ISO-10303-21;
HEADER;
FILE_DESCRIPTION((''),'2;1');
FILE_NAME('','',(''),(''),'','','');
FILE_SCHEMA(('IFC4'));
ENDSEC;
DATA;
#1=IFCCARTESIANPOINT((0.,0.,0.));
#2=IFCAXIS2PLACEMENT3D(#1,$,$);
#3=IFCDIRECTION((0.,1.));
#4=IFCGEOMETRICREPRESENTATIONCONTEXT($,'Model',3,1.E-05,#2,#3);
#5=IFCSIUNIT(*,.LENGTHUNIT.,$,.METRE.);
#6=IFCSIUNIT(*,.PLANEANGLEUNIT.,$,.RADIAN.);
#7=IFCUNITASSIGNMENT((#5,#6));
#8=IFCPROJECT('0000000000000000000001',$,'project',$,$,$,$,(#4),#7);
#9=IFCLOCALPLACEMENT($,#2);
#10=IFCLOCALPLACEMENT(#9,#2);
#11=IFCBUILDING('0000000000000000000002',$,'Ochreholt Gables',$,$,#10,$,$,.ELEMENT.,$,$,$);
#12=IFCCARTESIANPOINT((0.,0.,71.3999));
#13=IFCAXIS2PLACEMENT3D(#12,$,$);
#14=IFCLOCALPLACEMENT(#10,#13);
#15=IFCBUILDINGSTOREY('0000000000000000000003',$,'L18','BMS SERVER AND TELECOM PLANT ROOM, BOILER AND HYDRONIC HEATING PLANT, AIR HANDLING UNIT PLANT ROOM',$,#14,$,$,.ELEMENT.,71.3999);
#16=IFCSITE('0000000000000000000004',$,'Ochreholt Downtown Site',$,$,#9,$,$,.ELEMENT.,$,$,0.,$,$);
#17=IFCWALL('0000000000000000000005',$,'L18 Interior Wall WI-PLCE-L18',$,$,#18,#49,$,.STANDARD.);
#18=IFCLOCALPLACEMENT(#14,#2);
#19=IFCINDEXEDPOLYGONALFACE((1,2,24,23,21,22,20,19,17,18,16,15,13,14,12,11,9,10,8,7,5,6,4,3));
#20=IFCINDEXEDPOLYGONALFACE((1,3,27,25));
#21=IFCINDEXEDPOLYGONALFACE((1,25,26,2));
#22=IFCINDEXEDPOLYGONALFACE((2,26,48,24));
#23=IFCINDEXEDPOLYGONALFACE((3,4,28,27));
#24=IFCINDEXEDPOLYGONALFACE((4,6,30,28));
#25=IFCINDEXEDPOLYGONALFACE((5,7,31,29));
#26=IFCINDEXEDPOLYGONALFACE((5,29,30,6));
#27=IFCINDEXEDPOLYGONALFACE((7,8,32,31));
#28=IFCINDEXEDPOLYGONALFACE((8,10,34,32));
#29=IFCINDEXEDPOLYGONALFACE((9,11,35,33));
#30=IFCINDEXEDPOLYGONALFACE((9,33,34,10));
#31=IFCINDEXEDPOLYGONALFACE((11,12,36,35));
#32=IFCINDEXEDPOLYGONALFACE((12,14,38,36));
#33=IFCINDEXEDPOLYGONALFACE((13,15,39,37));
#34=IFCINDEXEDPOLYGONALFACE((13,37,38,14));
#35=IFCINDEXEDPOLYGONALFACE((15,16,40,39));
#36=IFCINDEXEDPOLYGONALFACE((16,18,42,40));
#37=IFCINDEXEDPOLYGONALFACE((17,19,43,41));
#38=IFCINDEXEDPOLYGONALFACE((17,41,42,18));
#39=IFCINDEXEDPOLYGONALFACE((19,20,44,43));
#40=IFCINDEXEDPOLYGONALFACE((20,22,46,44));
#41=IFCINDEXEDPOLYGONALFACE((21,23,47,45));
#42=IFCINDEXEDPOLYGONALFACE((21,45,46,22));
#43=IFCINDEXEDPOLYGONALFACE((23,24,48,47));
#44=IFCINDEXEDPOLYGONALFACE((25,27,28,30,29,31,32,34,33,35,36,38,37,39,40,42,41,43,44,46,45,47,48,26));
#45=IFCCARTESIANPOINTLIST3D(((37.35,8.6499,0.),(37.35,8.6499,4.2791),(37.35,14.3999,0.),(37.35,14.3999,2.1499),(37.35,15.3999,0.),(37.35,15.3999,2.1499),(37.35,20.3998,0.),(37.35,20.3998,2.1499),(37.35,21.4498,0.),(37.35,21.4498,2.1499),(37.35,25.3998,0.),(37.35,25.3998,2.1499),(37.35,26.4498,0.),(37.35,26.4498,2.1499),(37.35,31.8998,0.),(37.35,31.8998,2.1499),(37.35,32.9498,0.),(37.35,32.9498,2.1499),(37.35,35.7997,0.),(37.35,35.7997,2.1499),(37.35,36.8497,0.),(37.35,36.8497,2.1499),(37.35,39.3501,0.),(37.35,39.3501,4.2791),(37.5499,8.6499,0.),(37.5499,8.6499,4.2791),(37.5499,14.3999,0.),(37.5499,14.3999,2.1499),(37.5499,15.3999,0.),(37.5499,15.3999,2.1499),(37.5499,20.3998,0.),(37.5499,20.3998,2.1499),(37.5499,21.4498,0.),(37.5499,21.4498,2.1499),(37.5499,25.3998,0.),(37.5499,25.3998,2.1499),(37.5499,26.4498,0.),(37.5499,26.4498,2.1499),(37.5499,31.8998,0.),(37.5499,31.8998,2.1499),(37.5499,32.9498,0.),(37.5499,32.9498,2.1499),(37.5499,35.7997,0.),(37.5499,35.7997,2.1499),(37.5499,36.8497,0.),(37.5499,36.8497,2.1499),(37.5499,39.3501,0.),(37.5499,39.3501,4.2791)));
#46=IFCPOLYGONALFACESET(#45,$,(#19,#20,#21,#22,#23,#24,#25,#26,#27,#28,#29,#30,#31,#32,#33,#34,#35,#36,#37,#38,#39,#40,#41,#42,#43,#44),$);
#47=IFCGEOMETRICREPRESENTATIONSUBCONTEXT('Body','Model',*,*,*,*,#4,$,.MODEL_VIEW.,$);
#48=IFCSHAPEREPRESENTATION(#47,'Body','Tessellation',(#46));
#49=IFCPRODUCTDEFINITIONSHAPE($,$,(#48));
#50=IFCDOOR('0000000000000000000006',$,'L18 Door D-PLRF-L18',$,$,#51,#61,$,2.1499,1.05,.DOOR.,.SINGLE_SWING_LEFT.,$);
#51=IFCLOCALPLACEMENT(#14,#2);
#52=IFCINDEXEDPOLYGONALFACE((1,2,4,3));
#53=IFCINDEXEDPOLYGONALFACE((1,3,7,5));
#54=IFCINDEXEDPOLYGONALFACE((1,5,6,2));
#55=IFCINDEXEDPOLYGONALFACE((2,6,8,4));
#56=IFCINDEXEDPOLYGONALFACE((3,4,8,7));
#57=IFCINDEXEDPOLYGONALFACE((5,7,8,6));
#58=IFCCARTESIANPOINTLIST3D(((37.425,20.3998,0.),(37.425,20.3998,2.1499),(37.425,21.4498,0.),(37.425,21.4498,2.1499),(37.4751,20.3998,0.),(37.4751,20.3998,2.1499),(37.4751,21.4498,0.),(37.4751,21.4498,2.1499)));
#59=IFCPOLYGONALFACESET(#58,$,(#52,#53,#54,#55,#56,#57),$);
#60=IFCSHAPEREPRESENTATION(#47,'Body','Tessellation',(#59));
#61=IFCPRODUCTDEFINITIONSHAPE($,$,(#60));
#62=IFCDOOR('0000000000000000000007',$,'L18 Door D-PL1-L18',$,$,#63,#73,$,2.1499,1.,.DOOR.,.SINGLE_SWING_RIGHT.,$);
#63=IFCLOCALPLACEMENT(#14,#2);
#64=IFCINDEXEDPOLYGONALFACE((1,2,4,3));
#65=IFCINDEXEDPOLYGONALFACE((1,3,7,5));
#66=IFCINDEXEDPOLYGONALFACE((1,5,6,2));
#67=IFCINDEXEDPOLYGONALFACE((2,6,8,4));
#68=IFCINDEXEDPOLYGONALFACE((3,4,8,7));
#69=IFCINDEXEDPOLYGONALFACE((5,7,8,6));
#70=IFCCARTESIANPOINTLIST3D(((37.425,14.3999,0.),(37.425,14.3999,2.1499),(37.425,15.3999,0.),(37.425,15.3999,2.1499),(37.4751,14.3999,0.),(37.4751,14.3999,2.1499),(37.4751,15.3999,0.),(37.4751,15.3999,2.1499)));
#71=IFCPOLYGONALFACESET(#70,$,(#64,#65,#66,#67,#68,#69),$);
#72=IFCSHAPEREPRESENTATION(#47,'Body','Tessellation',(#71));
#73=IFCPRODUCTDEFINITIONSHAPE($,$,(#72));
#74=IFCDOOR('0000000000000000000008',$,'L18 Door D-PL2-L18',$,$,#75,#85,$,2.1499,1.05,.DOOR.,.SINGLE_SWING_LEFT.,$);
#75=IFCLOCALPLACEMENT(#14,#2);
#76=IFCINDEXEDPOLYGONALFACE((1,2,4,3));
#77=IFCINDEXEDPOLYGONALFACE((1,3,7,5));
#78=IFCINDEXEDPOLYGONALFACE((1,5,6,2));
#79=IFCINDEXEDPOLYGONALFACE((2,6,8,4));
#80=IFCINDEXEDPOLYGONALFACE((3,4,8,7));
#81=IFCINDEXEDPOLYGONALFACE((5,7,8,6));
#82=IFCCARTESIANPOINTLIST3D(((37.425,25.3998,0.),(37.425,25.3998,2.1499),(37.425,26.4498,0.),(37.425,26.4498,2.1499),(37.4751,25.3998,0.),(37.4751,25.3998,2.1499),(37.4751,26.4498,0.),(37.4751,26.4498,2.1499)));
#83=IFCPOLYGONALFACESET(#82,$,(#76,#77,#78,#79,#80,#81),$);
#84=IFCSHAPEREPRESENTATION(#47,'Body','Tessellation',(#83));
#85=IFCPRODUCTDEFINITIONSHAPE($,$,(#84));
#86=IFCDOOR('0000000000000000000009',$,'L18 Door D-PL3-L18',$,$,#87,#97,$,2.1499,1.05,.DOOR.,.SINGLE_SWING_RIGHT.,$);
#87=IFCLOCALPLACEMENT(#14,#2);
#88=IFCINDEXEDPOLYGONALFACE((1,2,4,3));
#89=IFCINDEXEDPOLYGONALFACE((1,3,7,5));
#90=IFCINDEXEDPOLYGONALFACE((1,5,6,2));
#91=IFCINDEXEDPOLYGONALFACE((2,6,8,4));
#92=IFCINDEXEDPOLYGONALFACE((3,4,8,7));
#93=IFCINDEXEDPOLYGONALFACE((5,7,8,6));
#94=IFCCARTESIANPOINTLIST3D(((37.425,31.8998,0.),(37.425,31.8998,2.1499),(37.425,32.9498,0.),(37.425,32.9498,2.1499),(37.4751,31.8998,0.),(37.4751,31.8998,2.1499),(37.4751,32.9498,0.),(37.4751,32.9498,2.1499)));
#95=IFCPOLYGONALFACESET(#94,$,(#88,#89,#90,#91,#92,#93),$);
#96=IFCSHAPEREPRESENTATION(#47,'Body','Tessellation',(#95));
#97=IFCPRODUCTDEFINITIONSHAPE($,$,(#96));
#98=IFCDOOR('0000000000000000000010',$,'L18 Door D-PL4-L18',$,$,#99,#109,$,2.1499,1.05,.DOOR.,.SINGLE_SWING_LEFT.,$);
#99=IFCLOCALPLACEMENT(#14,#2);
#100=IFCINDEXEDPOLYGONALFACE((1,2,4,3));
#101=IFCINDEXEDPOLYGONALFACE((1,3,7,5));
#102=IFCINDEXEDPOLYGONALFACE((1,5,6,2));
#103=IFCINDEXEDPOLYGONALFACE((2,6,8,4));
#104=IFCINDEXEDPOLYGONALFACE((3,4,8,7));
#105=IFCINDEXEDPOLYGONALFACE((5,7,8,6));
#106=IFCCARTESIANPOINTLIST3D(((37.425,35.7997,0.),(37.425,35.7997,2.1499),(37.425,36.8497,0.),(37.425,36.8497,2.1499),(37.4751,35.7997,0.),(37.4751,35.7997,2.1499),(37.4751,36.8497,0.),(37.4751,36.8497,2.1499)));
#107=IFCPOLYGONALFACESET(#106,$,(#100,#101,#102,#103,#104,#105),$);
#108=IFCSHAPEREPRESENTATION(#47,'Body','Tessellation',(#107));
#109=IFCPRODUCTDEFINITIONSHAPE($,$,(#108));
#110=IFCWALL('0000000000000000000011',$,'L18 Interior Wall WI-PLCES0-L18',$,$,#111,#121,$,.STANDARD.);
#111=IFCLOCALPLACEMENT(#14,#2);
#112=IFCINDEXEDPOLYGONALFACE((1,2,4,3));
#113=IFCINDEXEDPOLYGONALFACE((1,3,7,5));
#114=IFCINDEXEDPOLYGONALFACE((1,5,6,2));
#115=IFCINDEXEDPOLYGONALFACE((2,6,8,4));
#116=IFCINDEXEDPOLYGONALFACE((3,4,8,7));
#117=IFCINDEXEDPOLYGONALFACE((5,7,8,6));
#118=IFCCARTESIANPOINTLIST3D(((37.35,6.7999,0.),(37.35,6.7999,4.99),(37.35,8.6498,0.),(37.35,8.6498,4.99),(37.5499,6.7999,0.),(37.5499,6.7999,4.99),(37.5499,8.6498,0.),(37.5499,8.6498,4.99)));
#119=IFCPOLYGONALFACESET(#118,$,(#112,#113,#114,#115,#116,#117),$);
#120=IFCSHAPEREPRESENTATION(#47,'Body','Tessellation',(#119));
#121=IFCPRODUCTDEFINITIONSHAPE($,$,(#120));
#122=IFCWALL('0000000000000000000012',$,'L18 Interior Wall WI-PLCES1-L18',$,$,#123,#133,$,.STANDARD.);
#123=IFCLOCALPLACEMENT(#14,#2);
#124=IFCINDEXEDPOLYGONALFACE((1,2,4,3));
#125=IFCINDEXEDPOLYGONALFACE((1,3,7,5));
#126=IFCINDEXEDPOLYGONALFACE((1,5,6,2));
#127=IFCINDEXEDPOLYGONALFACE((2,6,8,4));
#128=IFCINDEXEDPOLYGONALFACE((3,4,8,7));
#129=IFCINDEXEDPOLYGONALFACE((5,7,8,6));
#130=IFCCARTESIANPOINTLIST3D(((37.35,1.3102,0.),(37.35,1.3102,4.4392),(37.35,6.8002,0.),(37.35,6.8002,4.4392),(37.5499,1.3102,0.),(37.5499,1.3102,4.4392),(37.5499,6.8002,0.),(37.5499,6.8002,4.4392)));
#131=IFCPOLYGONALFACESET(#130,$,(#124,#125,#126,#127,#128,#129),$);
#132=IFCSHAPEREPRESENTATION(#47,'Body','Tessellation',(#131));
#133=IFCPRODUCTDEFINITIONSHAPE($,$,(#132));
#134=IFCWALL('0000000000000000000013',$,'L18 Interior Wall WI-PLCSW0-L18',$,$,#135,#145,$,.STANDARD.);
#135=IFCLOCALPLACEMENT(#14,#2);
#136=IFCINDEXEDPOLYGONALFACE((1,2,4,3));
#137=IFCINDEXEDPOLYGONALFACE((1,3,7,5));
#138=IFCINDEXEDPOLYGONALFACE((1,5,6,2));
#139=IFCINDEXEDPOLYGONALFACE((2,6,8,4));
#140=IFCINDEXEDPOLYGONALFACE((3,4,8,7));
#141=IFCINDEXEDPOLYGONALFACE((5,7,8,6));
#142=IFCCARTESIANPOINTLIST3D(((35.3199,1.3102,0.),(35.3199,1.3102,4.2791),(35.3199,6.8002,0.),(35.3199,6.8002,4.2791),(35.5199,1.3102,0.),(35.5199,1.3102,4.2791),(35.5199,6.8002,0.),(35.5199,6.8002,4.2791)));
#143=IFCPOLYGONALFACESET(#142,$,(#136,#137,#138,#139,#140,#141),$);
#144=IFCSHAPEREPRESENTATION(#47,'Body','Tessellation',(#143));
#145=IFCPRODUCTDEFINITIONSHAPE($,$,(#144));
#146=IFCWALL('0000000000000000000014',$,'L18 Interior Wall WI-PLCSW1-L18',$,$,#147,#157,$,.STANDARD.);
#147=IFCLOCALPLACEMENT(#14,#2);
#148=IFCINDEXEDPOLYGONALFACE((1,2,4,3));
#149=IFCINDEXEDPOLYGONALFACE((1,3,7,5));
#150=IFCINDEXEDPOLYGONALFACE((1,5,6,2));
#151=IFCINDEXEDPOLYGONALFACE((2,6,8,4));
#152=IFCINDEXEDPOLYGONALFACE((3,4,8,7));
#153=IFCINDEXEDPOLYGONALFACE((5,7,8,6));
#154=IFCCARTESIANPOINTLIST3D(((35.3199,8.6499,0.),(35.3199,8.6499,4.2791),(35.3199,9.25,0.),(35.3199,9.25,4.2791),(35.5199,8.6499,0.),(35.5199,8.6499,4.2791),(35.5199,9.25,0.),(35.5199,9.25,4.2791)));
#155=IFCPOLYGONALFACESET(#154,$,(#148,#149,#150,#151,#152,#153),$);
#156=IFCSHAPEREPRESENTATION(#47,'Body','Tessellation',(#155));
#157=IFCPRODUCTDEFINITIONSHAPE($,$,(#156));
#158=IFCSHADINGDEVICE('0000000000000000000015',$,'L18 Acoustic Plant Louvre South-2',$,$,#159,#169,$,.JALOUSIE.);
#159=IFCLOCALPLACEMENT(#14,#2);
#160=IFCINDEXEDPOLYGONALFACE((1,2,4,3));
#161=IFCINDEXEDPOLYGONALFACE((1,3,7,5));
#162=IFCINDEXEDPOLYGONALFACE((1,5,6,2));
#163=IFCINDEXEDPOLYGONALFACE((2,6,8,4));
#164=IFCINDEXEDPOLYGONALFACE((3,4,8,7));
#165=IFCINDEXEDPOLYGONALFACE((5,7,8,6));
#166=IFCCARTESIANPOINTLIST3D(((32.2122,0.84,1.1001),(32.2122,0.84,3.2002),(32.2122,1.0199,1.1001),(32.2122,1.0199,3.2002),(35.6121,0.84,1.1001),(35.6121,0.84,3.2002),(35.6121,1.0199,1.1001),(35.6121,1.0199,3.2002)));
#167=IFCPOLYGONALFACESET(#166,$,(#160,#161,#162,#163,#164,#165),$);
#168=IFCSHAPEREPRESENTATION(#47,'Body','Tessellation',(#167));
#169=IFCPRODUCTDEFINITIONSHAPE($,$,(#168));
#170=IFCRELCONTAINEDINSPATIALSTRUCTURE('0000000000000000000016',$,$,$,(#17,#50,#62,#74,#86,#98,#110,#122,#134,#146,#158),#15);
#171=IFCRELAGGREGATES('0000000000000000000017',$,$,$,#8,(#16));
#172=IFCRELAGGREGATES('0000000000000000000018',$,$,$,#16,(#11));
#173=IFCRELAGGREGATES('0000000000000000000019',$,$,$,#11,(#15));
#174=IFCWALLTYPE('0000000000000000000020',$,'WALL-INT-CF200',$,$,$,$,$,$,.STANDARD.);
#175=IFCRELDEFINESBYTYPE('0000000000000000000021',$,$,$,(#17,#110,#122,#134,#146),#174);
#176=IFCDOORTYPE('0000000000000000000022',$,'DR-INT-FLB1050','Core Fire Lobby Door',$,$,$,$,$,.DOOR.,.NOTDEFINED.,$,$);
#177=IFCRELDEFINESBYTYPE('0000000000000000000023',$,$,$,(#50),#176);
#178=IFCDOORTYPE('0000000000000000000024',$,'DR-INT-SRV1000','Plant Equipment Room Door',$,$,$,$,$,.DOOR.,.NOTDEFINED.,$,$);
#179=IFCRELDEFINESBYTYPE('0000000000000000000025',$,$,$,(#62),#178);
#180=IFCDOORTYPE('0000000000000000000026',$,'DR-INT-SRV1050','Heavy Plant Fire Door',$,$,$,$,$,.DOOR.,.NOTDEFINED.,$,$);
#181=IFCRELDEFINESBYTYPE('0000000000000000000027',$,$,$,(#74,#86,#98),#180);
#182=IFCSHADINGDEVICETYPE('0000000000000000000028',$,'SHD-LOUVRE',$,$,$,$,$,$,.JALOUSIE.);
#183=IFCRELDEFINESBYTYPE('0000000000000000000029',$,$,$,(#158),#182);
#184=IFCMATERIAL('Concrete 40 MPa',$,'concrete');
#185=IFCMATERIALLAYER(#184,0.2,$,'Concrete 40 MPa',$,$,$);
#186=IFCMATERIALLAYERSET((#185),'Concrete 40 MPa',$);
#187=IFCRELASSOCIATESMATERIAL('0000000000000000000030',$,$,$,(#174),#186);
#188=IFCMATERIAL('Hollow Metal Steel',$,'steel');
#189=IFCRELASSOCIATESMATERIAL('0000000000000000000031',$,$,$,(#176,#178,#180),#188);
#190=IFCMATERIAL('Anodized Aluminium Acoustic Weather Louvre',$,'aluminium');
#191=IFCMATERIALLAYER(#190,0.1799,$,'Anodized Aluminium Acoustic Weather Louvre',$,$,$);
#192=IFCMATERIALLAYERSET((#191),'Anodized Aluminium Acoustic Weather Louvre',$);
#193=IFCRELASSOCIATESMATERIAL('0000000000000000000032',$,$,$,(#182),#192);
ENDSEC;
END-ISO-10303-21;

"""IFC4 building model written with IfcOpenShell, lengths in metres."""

from ifc_helpers import new_model, si_unit, direction, frame, frame_2d, origin, origin_2d, place, context, subcontext, project, spatial, rectangle, extrude, material, layer, layer_set, type_object, element, fill, save


model = new_model("IFC4")

# Units and contexts
model_context = context("Model", 3, precision=1e-05, world=origin(), true_north=direction((0.0, 1.0)))
body_context = subcontext(model_context, "Body", "Model", "MODEL_VIEW")
ifc_project = project(units=[si_unit("LENGTHUNIT", "METRE"), si_unit("PLANEANGLEUNIT", "RADIAN")], contexts=[model_context])

# Site, building, storey
site_placement = place(None, origin())
site = spatial("IfcSite", under=ifc_project, at=site_placement, Name="Ochreholt Downtown Site", CompositionType="ELEMENT", RefElevation=0.0)
building_placement = place(site_placement, origin())
building = spatial("IfcBuilding", under=site, at=building_placement, Name="Ochreholt Gables", CompositionType="ELEMENT")
storey_placement = place(building_placement, frame((0.0, 0.0, 71.3999)))
storey = spatial("IfcBuildingStorey", under=building, at=storey_placement, Name="L18", Description="BMS SERVER AND TELECOM PLANT ROOM, BOILER AND HYDRONIC HEATING PLANT, AIR HANDLING UNIT PLANT ROOM", CompositionType="ELEMENT", Elevation=71.3999)

# Wall, openings, doors
ifc_material_1 = material(Name="Concrete 40 MPa", Category="concrete")
ifc_layer_1 = layer(ifc_material_1, 0.2, Name="Concrete 40 MPa")
ifc_layer_set_1 = layer_set([ifc_layer_1], Name="Concrete 40 MPa")
wall_type_1 = type_object("IfcWallType", Name="WALL-INT-CF200", PredefinedType="STANDARD", material=ifc_layer_set_1)
wall_1_placement = place(storey_placement, frame((37.45, 8.6499, 0.0), z_axis=(0.0, 0.0, 1.0), x_axis=(0.0, 1.0, 0.0)))
wall_1 = element("IfcWall", 1, at=wall_1_placement, inside=storey, type_object=wall_type_1, Name="L18 Interior Wall WI-PLCE-L18", PredefinedType="STANDARD", context=body_context, shape_type="SweptSolid", body=[
    extrude(rectangle(XDim=30.7002, YDim=0.2, at=frame_2d((15.3501, 0.0))), origin(), (0.0, 0.0, 1.0), 4.2791),
])
opening_1_placement = place(wall_1_placement, frame((11.75, 0.0, 0.0)))
opening_1 = element("IfcOpeningElement", 2, at=opening_1_placement, cuts=wall_1, PredefinedType="OPENING", context=body_context, shape_type="SweptSolid", body=[
    extrude(rectangle(XDim=1.05, YDim=2.1499, at=frame_2d((0.5249, 1.075))), frame((0.0, 0.1099, 0.0), z_axis=(0.0, -1.0, 0.0), x_axis=(1.0, 0.0, 0.0)), (0.0, 0.0, 1.0), 0.22),
])
opening_2_placement = place(wall_1_placement, frame((5.75, 0.0, 0.0)))
opening_2 = element("IfcOpeningElement", 3, at=opening_2_placement, cuts=wall_1, PredefinedType="OPENING", context=body_context, shape_type="SweptSolid", body=[
    extrude(rectangle(XDim=1.0, YDim=2.1499, at=frame_2d((0.5, 1.075))), frame((0.0, 0.1099, 0.0), z_axis=(0.0, -1.0, 0.0), x_axis=(1.0, 0.0, 0.0)), (0.0, 0.0, 1.0), 0.22),
])
opening_3_placement = place(wall_1_placement, frame((16.75, 0.0, 0.0)))
opening_3 = element("IfcOpeningElement", 4, at=opening_3_placement, cuts=wall_1, PredefinedType="OPENING", context=body_context, shape_type="SweptSolid", body=[
    extrude(rectangle(XDim=1.05, YDim=2.1499, at=frame_2d((0.5249, 1.075))), frame((0.0, 0.1099, 0.0), z_axis=(0.0, -1.0, 0.0), x_axis=(1.0, 0.0, 0.0)), (0.0, 0.0, 1.0), 0.22),
])
opening_4_placement = place(wall_1_placement, frame((23.25, 0.0, 0.0)))
opening_4 = element("IfcOpeningElement", 5, at=opening_4_placement, cuts=wall_1, PredefinedType="OPENING", context=body_context, shape_type="SweptSolid", body=[
    extrude(rectangle(XDim=1.05, YDim=2.1499, at=frame_2d((0.5249, 1.075))), frame((0.0, 0.1099, 0.0), z_axis=(0.0, -1.0, 0.0), x_axis=(1.0, 0.0, 0.0)), (0.0, 0.0, 1.0), 0.22),
])
opening_5_placement = place(wall_1_placement, frame((27.1499, 0.0, 0.0)))
opening_5 = element("IfcOpeningElement", 6, at=opening_5_placement, cuts=wall_1, PredefinedType="OPENING", context=body_context, shape_type="SweptSolid", body=[
    extrude(rectangle(XDim=1.05, YDim=2.1499, at=frame_2d((0.5249, 1.075))), frame((0.0, 0.1099, 0.0), z_axis=(0.0, -1.0, 0.0), x_axis=(1.0, 0.0, 0.0)), (0.0, 0.0, 1.0), 0.22),
])
ifc_material_2 = material(Name="Hollow Metal Steel", Category="steel")
door_type_1 = type_object("IfcDoorType", Name="DR-INT-FLB1050", Description="Core Fire Lobby Door", OperationType="NOTDEFINED", PredefinedType="DOOR", material=ifc_material_2)
door_1_placement = place(opening_1_placement, origin())
door_1 = element("IfcDoor", 7, at=door_1_placement, inside=storey, type_object=door_type_1, Name="L18 Door D-PLRF-L18", OperationType="SINGLE_SWING_LEFT", OverallHeight=2.1499, OverallWidth=1.05, PredefinedType="DOOR", context=body_context, shape_type="SweptSolid", body=[
    extrude(rectangle(XDim=1.05, YDim=2.1499, at=frame_2d((0.5249, 1.075))), frame((0.0, 0.0249, 0.0), z_axis=(0.0, -1.0, 0.0), x_axis=(1.0, 0.0, 0.0)), (0.0, 0.0, 1.0), 0.05),
])
fill(opening_1, door_1)
door_type_2 = type_object("IfcDoorType", Name="DR-INT-SRV1000", Description="Plant Equipment Room Door", OperationType="NOTDEFINED", PredefinedType="DOOR", material=ifc_material_2)
door_2_placement = place(opening_2_placement, origin())
door_2 = element("IfcDoor", 8, at=door_2_placement, inside=storey, type_object=door_type_2, Name="L18 Door D-PL1-L18", OperationType="SINGLE_SWING_RIGHT", OverallHeight=2.1499, OverallWidth=1.0, PredefinedType="DOOR", context=body_context, shape_type="SweptSolid", body=[
    extrude(rectangle(XDim=1.0, YDim=2.1499, at=frame_2d((0.5, 1.075))), frame((0.0, 0.0249, 0.0), z_axis=(0.0, -1.0, 0.0), x_axis=(1.0, 0.0, 0.0)), (0.0, 0.0, 1.0), 0.05),
])
fill(opening_2, door_2)
door_type_3 = type_object("IfcDoorType", Name="DR-INT-SRV1050", Description="Heavy Plant Fire Door", OperationType="NOTDEFINED", PredefinedType="DOOR", material=ifc_material_2)
door_3_placement = place(opening_3_placement, origin())
door_3 = element("IfcDoor", 9, at=door_3_placement, inside=storey, type_object=door_type_3, Name="L18 Door D-PL2-L18", OperationType="SINGLE_SWING_LEFT", OverallHeight=2.1499, OverallWidth=1.05, PredefinedType="DOOR", context=body_context, shape_type="SweptSolid", body=[
    extrude(rectangle(XDim=1.05, YDim=2.1499, at=frame_2d((0.5249, 1.075))), frame((0.0, 0.0249, 0.0), z_axis=(0.0, -1.0, 0.0), x_axis=(1.0, 0.0, 0.0)), (0.0, 0.0, 1.0), 0.05),
])
fill(opening_3, door_3)
door_4_placement = place(opening_4_placement, origin())
door_4 = element("IfcDoor", 10, at=door_4_placement, inside=storey, type_object=door_type_3, Name="L18 Door D-PL3-L18", OperationType="SINGLE_SWING_RIGHT", OverallHeight=2.1499, OverallWidth=1.05, PredefinedType="DOOR", context=body_context, shape_type="SweptSolid", body=[
    extrude(rectangle(XDim=1.05, YDim=2.1499, at=frame_2d((0.5249, 1.075))), frame((0.0, 0.0249, 0.0), z_axis=(0.0, -1.0, 0.0), x_axis=(1.0, 0.0, 0.0)), (0.0, 0.0, 1.0), 0.05),
])
fill(opening_4, door_4)
door_5_placement = place(opening_5_placement, origin())
door_5 = element("IfcDoor", 11, at=door_5_placement, inside=storey, type_object=door_type_3, Name="L18 Door D-PL4-L18", OperationType="SINGLE_SWING_LEFT", OverallHeight=2.1499, OverallWidth=1.05, PredefinedType="DOOR", context=body_context, shape_type="SweptSolid", body=[
    extrude(rectangle(XDim=1.05, YDim=2.1499, at=frame_2d((0.5249, 1.075))), frame((0.0, 0.0249, 0.0), z_axis=(0.0, -1.0, 0.0), x_axis=(1.0, 0.0, 0.0)), (0.0, 0.0, 1.0), 0.05),
])
fill(opening_5, door_5)

# Walls
wall_2_placement = place(storey_placement, frame((37.45, 6.8, 0.0), z_axis=(0.0, 0.0, 1.0), x_axis=(0.0, 1.0, 0.0)))
element("IfcWall", 12, at=wall_2_placement, inside=storey, type_object=wall_type_1, Name="L18 Interior Wall WI-PLCES0-L18", PredefinedType="STANDARD", context=body_context, shape_type="SweptSolid", body=[
    extrude(rectangle(XDim=1.8499, YDim=0.2, at=frame_2d((0.9248, 0.0))), origin(), (0.0, 0.0, 1.0), 4.99),
])
wall_3_placement = place(storey_placement, frame((37.45, 1.3101, 0.0), z_axis=(0.0, 0.0, 1.0), x_axis=(0.0, 1.0, 0.0)))
element("IfcWall", 13, at=wall_3_placement, inside=storey, type_object=wall_type_1, Name="L18 Interior Wall WI-PLCES1-L18", PredefinedType="STANDARD", context=body_context, shape_type="SweptSolid", body=[
    extrude(rectangle(XDim=5.49, YDim=0.2, at=frame_2d((2.7451, 0.0))), origin(), (0.0, 0.0, 1.0), 4.4392),
])
wall_4_placement = place(storey_placement, frame((35.4199, 1.3101, 0.0), z_axis=(0.0, 0.0, 1.0), x_axis=(0.0, 1.0, 0.0)))
element("IfcWall", 14, at=wall_4_placement, inside=storey, type_object=wall_type_1, Name="L18 Interior Wall WI-PLCSW0-L18", PredefinedType="STANDARD", context=body_context, shape_type="SweptSolid", body=[
    extrude(rectangle(XDim=5.49, YDim=0.2, at=frame_2d((2.7451, 0.0))), origin(), (0.0, 0.0, 1.0), 4.2791),
])
wall_5_placement = place(storey_placement, frame((35.4199, 8.6499, 0.0), z_axis=(0.0, 0.0, 1.0), x_axis=(0.0, 1.0, 0.0)))
element("IfcWall", 15, at=wall_5_placement, inside=storey, type_object=wall_type_1, Name="L18 Interior Wall WI-PLCSW1-L18", PredefinedType="STANDARD", context=body_context, shape_type="SweptSolid", body=[
    extrude(rectangle(XDim=0.6001, YDim=0.2, at=frame_2d((0.3, 0.0))), origin(), (0.0, 0.0, 1.0), 4.2791),
])

# Shading device
ifc_material_3 = material(Name="Anodized Aluminium Acoustic Weather Louvre", Category="aluminium")
ifc_layer_2 = layer(ifc_material_3, 0.1799, Name="Anodized Aluminium Acoustic Weather Louvre")
ifc_layer_set_2 = layer_set([ifc_layer_2], Name="Anodized Aluminium Acoustic Weather Louvre")
shading_device_type = type_object("IfcShadingDeviceType", Name="SHD-LOUVRE", PredefinedType="JALOUSIE", material=ifc_layer_set_2)
shading_device_placement = place(storey_placement, frame((33.9121, 0.9299, 1.1001), z_axis=(0.0, 0.0, 1.0), x_axis=(1.0, 0.0, 0.0)))
element("IfcShadingDevice", 16, at=shading_device_placement, inside=storey, type_object=shading_device_type, Name="L18 Acoustic Plant Louvre South-2", PredefinedType="JALOUSIE", context=body_context, shape_type="SweptSolid", body=[
    extrude(rectangle(XDim=3.3999, YDim=0.1799, at=origin_2d()), origin(), (0.0, 0.0, 1.0), 2.1001),
])

save(model, "model.ifc")
